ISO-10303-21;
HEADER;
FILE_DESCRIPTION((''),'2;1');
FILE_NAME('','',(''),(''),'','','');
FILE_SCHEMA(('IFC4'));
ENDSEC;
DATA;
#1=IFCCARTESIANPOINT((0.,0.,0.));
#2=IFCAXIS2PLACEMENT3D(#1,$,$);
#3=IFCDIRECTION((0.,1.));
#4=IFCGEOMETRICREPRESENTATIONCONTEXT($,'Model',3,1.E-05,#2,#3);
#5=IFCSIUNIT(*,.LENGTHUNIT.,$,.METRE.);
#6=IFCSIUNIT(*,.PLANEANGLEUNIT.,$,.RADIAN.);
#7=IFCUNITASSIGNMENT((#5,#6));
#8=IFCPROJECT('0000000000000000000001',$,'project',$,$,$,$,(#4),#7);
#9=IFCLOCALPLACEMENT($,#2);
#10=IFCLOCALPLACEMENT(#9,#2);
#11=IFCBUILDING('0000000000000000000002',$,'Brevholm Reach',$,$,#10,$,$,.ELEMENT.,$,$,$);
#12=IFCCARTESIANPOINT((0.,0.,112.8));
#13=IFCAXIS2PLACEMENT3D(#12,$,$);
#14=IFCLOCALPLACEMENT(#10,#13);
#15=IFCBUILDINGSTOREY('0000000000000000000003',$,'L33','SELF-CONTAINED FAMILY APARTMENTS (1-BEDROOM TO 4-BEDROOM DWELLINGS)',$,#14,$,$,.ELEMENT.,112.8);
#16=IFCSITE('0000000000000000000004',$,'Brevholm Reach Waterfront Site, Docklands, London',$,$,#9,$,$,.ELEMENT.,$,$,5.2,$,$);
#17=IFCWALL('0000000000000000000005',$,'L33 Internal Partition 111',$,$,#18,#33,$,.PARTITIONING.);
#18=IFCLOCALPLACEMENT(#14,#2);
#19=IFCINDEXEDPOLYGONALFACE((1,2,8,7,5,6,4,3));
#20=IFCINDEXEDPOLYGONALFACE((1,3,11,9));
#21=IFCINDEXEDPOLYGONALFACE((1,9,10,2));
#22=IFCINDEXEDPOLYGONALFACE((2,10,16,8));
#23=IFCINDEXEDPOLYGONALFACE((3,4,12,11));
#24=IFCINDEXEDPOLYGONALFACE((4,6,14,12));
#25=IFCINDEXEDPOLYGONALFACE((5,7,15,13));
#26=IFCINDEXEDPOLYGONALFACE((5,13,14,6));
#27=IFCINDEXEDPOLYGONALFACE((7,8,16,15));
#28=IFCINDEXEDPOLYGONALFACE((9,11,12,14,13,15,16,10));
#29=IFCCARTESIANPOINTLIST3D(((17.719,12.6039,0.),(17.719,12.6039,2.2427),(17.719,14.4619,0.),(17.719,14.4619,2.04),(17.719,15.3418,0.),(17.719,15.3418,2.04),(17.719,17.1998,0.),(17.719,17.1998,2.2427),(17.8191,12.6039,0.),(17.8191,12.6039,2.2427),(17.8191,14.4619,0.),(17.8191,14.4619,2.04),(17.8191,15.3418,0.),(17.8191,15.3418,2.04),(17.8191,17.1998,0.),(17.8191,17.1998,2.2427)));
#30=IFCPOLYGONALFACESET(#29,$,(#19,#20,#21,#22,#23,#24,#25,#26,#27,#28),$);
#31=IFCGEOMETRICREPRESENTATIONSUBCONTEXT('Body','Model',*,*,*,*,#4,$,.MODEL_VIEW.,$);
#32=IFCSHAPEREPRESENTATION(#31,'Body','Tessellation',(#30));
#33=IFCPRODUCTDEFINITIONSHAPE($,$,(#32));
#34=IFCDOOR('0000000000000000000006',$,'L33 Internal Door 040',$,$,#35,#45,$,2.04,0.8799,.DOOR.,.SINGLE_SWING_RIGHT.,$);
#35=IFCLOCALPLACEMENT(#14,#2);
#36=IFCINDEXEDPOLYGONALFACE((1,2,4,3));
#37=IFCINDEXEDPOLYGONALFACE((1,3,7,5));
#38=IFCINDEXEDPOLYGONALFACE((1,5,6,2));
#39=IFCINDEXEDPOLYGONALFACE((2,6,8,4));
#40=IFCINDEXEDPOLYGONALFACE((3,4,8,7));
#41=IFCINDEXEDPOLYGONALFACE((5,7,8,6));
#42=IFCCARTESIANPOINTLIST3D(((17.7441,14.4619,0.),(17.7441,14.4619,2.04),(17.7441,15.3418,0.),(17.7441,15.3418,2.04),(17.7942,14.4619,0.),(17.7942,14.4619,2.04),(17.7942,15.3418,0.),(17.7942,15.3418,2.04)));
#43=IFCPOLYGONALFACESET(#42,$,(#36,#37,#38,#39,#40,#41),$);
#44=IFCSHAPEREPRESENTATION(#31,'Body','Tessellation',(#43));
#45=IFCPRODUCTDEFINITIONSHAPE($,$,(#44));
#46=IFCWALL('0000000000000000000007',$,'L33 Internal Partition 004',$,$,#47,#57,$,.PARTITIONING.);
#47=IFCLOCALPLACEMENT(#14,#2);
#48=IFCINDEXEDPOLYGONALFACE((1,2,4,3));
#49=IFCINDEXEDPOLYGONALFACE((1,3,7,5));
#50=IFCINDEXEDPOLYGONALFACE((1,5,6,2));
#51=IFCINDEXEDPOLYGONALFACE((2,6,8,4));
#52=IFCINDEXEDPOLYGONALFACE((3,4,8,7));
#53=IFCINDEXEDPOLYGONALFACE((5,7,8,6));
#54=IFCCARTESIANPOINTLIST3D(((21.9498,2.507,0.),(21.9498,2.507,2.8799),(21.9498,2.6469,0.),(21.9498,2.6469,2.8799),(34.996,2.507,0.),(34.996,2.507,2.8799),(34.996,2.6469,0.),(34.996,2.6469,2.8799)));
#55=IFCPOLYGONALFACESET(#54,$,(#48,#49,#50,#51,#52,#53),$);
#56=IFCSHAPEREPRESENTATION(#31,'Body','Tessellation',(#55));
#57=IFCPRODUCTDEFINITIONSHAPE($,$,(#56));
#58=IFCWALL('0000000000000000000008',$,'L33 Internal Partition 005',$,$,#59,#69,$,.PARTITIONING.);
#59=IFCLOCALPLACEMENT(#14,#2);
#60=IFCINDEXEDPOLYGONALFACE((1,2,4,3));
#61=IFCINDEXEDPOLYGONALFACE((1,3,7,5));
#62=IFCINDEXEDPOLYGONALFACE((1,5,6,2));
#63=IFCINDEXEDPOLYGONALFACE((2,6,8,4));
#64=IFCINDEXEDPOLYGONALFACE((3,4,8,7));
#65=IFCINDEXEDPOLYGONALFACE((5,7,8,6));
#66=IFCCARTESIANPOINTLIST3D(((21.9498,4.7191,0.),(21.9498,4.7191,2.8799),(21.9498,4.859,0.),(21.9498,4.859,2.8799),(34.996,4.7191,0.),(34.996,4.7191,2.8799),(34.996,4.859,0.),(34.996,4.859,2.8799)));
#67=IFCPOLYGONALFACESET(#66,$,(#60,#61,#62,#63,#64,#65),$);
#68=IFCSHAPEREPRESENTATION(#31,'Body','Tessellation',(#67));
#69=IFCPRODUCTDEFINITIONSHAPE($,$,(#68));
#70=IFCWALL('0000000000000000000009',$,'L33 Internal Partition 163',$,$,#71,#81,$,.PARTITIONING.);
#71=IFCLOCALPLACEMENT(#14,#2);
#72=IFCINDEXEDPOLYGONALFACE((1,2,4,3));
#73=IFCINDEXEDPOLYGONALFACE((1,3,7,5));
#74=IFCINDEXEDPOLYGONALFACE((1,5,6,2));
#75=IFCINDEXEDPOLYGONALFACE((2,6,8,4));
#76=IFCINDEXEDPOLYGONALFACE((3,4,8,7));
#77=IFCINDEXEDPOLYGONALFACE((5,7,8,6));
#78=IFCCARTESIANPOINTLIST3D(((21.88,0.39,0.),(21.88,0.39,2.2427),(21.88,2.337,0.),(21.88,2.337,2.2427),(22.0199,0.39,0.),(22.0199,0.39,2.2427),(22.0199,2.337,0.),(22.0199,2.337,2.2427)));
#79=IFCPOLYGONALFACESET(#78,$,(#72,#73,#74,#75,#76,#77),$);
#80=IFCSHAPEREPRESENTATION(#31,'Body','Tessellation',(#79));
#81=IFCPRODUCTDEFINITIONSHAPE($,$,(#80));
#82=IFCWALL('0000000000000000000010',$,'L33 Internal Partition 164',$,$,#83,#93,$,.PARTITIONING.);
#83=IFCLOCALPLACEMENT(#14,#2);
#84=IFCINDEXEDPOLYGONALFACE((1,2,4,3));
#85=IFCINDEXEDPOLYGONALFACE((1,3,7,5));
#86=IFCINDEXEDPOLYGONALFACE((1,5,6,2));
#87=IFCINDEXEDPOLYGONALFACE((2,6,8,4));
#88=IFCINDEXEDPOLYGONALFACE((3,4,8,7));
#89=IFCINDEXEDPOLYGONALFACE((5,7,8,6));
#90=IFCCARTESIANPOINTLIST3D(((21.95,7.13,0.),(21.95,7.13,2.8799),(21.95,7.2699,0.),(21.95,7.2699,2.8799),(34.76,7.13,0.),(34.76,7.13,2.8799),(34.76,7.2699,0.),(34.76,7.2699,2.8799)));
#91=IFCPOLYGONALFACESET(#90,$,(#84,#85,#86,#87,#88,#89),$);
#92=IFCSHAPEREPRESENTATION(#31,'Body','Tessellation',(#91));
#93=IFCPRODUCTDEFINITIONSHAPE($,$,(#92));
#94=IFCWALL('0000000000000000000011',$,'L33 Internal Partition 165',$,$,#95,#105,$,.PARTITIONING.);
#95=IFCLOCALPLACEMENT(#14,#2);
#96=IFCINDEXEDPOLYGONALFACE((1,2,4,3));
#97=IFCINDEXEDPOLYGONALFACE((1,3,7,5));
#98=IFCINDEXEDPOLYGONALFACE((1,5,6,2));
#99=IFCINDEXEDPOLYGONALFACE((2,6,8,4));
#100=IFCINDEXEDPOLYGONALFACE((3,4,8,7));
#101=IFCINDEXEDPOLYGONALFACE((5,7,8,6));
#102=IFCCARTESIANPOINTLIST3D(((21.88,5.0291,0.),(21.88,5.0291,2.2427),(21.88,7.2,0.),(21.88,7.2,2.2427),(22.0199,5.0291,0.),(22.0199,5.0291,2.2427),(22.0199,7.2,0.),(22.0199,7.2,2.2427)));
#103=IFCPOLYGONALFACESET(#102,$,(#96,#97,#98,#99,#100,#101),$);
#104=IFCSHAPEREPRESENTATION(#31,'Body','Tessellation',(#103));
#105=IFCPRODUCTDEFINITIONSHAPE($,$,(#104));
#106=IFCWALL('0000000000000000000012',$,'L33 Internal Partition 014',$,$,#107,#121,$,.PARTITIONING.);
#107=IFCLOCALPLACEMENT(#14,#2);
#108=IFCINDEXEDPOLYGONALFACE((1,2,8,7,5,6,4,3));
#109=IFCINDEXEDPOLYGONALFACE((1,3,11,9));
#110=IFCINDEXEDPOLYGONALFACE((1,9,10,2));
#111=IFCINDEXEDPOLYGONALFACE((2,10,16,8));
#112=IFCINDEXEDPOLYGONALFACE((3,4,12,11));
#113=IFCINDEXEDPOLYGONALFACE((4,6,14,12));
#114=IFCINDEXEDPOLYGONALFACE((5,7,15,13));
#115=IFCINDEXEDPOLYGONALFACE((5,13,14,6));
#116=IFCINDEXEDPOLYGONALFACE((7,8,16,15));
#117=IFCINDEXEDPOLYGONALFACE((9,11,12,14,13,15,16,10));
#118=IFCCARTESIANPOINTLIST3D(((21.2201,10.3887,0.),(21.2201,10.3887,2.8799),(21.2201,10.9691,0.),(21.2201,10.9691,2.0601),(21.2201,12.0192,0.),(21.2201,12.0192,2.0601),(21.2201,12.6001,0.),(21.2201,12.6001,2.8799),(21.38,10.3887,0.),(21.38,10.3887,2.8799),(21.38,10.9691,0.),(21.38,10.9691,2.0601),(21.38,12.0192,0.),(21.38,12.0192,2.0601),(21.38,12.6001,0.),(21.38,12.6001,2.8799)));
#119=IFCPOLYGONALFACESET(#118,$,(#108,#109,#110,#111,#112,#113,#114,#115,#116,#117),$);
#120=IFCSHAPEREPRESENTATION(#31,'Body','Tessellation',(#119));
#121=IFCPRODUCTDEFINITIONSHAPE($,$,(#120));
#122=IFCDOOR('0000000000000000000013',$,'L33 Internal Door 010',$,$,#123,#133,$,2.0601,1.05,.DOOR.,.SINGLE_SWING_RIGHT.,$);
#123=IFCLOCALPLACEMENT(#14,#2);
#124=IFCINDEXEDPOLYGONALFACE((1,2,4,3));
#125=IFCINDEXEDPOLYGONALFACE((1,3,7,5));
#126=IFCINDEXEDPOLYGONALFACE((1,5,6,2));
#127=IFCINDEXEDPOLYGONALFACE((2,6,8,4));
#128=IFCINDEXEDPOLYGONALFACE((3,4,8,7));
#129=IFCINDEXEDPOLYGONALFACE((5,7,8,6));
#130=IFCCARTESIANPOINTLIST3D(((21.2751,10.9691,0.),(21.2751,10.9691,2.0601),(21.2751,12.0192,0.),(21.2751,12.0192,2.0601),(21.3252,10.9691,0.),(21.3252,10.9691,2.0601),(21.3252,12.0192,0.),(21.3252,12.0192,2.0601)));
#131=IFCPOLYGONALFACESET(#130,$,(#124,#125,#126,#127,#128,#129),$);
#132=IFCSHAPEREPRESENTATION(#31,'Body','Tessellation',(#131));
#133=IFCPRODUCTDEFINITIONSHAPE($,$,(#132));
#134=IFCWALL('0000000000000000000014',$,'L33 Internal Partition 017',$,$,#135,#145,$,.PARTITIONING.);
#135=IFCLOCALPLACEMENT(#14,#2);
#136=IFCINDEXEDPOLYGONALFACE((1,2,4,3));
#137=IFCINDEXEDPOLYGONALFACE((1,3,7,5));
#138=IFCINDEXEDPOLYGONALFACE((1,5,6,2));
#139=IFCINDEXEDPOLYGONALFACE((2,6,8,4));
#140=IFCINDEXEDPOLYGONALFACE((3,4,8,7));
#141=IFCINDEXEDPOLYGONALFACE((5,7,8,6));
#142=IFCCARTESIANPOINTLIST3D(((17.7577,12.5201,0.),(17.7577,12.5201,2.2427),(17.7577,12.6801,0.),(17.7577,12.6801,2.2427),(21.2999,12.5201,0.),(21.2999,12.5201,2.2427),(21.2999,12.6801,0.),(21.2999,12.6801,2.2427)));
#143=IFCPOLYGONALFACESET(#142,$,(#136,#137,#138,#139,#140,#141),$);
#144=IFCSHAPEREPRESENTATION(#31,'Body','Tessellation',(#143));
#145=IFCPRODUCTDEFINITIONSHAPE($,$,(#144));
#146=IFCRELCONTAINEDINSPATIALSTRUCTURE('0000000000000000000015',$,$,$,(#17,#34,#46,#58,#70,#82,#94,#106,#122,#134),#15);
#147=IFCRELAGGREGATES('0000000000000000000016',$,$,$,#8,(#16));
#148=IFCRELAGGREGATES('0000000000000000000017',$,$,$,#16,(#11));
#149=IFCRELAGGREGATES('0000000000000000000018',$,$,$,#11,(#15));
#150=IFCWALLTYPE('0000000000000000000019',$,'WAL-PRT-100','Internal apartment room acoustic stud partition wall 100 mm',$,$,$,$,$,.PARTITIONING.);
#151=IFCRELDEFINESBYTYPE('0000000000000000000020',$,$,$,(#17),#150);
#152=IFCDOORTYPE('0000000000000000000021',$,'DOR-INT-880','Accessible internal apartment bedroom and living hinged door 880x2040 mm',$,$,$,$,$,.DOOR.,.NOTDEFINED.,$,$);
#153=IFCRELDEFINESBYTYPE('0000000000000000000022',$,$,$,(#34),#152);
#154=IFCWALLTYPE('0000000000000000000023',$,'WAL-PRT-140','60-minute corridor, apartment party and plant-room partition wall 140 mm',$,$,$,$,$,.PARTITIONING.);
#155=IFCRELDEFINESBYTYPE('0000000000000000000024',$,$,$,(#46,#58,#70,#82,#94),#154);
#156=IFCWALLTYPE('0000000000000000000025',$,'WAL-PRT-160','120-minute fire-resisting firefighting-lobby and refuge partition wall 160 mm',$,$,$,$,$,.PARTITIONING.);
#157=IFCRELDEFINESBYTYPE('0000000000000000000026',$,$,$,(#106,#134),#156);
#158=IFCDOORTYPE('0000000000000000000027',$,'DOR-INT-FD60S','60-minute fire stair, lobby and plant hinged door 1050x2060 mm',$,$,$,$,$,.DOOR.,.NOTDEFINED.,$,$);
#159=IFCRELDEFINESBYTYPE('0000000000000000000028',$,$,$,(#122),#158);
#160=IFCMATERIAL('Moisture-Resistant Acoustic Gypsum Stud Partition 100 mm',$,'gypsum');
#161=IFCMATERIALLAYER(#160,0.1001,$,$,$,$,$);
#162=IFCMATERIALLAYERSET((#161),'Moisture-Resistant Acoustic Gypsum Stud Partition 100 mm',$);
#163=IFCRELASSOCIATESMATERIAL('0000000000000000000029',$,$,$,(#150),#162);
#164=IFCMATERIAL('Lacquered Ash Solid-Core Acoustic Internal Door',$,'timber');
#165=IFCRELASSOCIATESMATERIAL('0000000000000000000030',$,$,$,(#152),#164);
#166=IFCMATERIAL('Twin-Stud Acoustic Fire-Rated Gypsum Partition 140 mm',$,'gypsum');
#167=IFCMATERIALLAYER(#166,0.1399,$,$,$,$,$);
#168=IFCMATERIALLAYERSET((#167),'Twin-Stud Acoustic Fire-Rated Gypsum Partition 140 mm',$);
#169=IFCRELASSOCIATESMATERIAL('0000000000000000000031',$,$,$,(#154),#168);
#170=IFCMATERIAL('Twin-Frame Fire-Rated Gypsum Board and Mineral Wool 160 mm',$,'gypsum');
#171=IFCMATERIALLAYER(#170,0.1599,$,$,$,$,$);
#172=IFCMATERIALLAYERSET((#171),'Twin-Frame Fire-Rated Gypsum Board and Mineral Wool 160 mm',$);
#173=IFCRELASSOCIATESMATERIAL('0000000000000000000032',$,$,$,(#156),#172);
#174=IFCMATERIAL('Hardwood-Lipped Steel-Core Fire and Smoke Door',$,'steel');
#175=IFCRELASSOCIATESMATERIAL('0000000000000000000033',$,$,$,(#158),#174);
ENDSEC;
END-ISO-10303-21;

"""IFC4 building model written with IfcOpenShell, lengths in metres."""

from ifc_helpers import new_model, si_unit, direction, frame, frame_2d, origin, place, context, subcontext, project, spatial, rectangle, extrude, material, layer, layer_set, type_object, element, fill, save


model = new_model("IFC4")

# Units and contexts
model_context = context("Model", 3, precision=1e-05, world=origin(), true_north=direction((0.0, 1.0)))
body_context = subcontext(model_context, "Body", "Model", "MODEL_VIEW")
ifc_project = project(units=[si_unit("LENGTHUNIT", "METRE"), si_unit("PLANEANGLEUNIT", "RADIAN")], contexts=[model_context])

# Site, building, storey
site_placement = place(None, origin())
site = spatial("IfcSite", under=ifc_project, at=site_placement, Name="Brevholm Reach Waterfront Site, Docklands, London", CompositionType="ELEMENT", RefElevation=5.2)
building_placement = place(site_placement, origin())
building = spatial("IfcBuilding", under=site, at=building_placement, Name="Brevholm Reach", CompositionType="ELEMENT")
storey_placement = place(building_placement, frame((0.0, 0.0, 112.8)))
storey = spatial("IfcBuildingStorey", under=building, at=storey_placement, Name="L33", Description="SELF-CONTAINED FAMILY APARTMENTS (1-BEDROOM TO 4-BEDROOM DWELLINGS)", CompositionType="ELEMENT", Elevation=112.8)

# Wall, opening, door
ifc_material_1 = material(Name="Moisture-Resistant Acoustic Gypsum Stud Partition 100 mm", Category="gypsum")
ifc_layer_1 = layer(ifc_material_1, 0.1001)
ifc_layer_set_1 = layer_set([ifc_layer_1], Name="Moisture-Resistant Acoustic Gypsum Stud Partition 100 mm")
wall_type_1 = type_object("IfcWallType", Name="WAL-PRT-100", Description="Internal apartment room acoustic stud partition wall 100 mm", PredefinedType="PARTITIONING", material=ifc_layer_set_1)
wall_1_placement = place(storey_placement, frame((17.769, 12.604, 0.0), z_axis=(0.0, 0.0, 1.0), x_axis=(0.0, 1.0, 0.0)))
wall_1 = element("IfcWall", 1, at=wall_1_placement, inside=storey, type_object=wall_type_1, Name="L33 Internal Partition 111", PredefinedType="PARTITIONING", context=body_context, shape_type="SweptSolid", body=[
    extrude(rectangle(XDim=4.5959, YDim=0.1001, at=frame_2d((2.2979, 0.0))), origin(), (0.0, 0.0, 1.0), 2.2427),
])
opening_1_placement = place(wall_1_placement, frame((1.8579, 0.0, 0.0)))
opening_1 = element("IfcOpeningElement", 2, at=opening_1_placement, cuts=wall_1, PredefinedType="OPENING", context=body_context, shape_type="SweptSolid", body=[
    extrude(rectangle(XDim=0.8799, YDim=2.04, at=frame_2d((0.4399, 1.02))), frame((0.0, 0.0601, 0.0), z_axis=(0.0, -1.0, 0.0), x_axis=(1.0, 0.0, 0.0)), (0.0, 0.0, 1.0), 0.1201),
])
ifc_material_2 = material(Name="Lacquered Ash Solid-Core Acoustic Internal Door", Category="timber")
door_type_1 = type_object("IfcDoorType", Name="DOR-INT-880", Description="Accessible internal apartment bedroom and living hinged door 880x2040 mm", OperationType="NOTDEFINED", PredefinedType="DOOR", material=ifc_material_2)
door_1_placement = place(opening_1_placement, origin())
door_1 = element("IfcDoor", 3, at=door_1_placement, inside=storey, type_object=door_type_1, Name="L33 Internal Door 040", OperationType="SINGLE_SWING_RIGHT", OverallHeight=2.04, OverallWidth=0.8799, PredefinedType="DOOR", context=body_context, shape_type="SweptSolid", body=[
    extrude(rectangle(XDim=0.8799, YDim=2.04, at=frame_2d((0.4399, 1.02))), frame((0.0, 0.0249, 0.0), z_axis=(0.0, -1.0, 0.0), x_axis=(1.0, 0.0, 0.0)), (0.0, 0.0, 1.0), 0.05),
])
fill(opening_1, door_1)

# Walls
ifc_material_3 = material(Name="Twin-Stud Acoustic Fire-Rated Gypsum Partition 140 mm", Category="gypsum")
ifc_layer_2 = layer(ifc_material_3, 0.1399)
ifc_layer_set_2 = layer_set([ifc_layer_2], Name="Twin-Stud Acoustic Fire-Rated Gypsum Partition 140 mm")
wall_type_2 = type_object("IfcWallType", Name="WAL-PRT-140", Description="60-minute corridor, apartment party and plant-room partition wall 140 mm", PredefinedType="PARTITIONING", material=ifc_layer_set_2)
for number, where, z_axis, x_axis, name in (
    (4, (21.95, 2.5769, 0.0), (0.0, 0.0, 1.0), (1.0, 0.0, 0.0), "L33 Internal Partition 004"),
    (5, (21.95, 4.7891, 0.0), (0.0, 0.0, 1.0), (1.0, 0.0, 0.0), "L33 Internal Partition 005"),
):
    element("IfcWall", number, at=place(storey_placement, frame(where, z_axis=z_axis, x_axis=x_axis)), inside=storey, type_object=wall_type_2, Name=name, PredefinedType="PARTITIONING", context=body_context, shape_type="SweptSolid", body=[
        extrude(rectangle(XDim=13.0461, YDim=0.1399, at=frame_2d((6.5229, 0.0))), origin(), (0.0, 0.0, 1.0), 2.8799),
    ])
wall_2_placement = place(storey_placement, frame((21.95, 0.3899, 0.0), z_axis=(0.0, 0.0, 1.0), x_axis=(0.0, 1.0, 0.0)))
element("IfcWall", 6, at=wall_2_placement, inside=storey, type_object=wall_type_2, Name="L33 Internal Partition 163", PredefinedType="PARTITIONING", context=body_context, shape_type="SweptSolid", body=[
    extrude(rectangle(XDim=1.947, YDim=0.1399, at=frame_2d((0.9736, 0.0))), origin(), (0.0, 0.0, 1.0), 2.2427),
])
wall_3_placement = place(storey_placement, frame((21.95, 7.2, 0.0), z_axis=(0.0, 0.0, 1.0), x_axis=(1.0, 0.0, 0.0)))
element("IfcWall", 7, at=wall_3_placement, inside=storey, type_object=wall_type_2, Name="L33 Internal Partition 164", PredefinedType="PARTITIONING", context=body_context, shape_type="SweptSolid", body=[
    extrude(rectangle(XDim=12.8101, YDim=0.1399, at=frame_2d((6.405, 0.0))), origin(), (0.0, 0.0, 1.0), 2.8799),
])
wall_4_placement = place(storey_placement, frame((21.95, 5.0291, 0.0), z_axis=(0.0, 0.0, 1.0), x_axis=(0.0, 1.0, 0.0)))
element("IfcWall", 8, at=wall_4_placement, inside=storey, type_object=wall_type_2, Name="L33 Internal Partition 165", PredefinedType="PARTITIONING", context=body_context, shape_type="SweptSolid", body=[
    extrude(rectangle(XDim=2.1709, YDim=0.1399, at=frame_2d((1.0854, 0.0))), origin(), (0.0, 0.0, 1.0), 2.2427),
])

# Wall, opening, door
ifc_material_4 = material(Name="Twin-Frame Fire-Rated Gypsum Board and Mineral Wool 160 mm", Category="gypsum")
ifc_layer_3 = layer(ifc_material_4, 0.1599)
ifc_layer_set_3 = layer_set([ifc_layer_3], Name="Twin-Frame Fire-Rated Gypsum Board and Mineral Wool 160 mm")
wall_type_3 = type_object("IfcWallType", Name="WAL-PRT-160", Description="120-minute fire-resisting firefighting-lobby and refuge partition wall 160 mm", PredefinedType="PARTITIONING", material=ifc_layer_set_3)
wall_5_placement = place(storey_placement, frame((21.3, 10.3887, 0.0), z_axis=(0.0, 0.0, 1.0), x_axis=(0.0, 1.0, 0.0)))
wall_5 = element("IfcWall", 9, at=wall_5_placement, inside=storey, type_object=wall_type_3, Name="L33 Internal Partition 014", PredefinedType="PARTITIONING", context=body_context, shape_type="SweptSolid", body=[
    extrude(rectangle(XDim=2.2114, YDim=0.1599, at=frame_2d((1.1057, 0.0))), origin(), (0.0, 0.0, 1.0), 2.8799),
])
opening_2_placement = place(wall_5_placement, frame((0.5806, 0.0, 0.0)))
opening_2 = element("IfcOpeningElement", 10, at=opening_2_placement, cuts=wall_5, PredefinedType="OPENING", context=body_context, shape_type="SweptSolid", body=[
    extrude(rectangle(XDim=1.05, YDim=2.0601, at=frame_2d((0.5249, 1.03))), frame((0.0, 0.0898, 0.0), z_axis=(0.0, -1.0, 0.0), x_axis=(1.0, 0.0, 0.0)), (0.0, 0.0, 1.0), 0.1799),
])
ifc_material_5 = material(Name="Hardwood-Lipped Steel-Core Fire and Smoke Door", Category="steel")
door_type_2 = type_object("IfcDoorType", Name="DOR-INT-FD60S", Description="60-minute fire stair, lobby and plant hinged door 1050x2060 mm", OperationType="NOTDEFINED", PredefinedType="DOOR", material=ifc_material_5)
door_2_placement = place(opening_2_placement, origin())
door_2 = element("IfcDoor", 11, at=door_2_placement, inside=storey, type_object=door_type_2, Name="L33 Internal Door 010", OperationType="SINGLE_SWING_RIGHT", OverallHeight=2.0601, OverallWidth=1.05, PredefinedType="DOOR", context=body_context, shape_type="SweptSolid", body=[
    extrude(rectangle(XDim=1.05, YDim=2.0601, at=frame_2d((0.5249, 1.03))), frame((0.0, 0.0249, 0.0), z_axis=(0.0, -1.0, 0.0), x_axis=(1.0, 0.0, 0.0)), (0.0, 0.0, 1.0), 0.05),
])
fill(opening_2, door_2)

# Wall
wall_6_placement = place(storey_placement, frame((17.7578, 12.6001, 0.0), z_axis=(0.0, 0.0, 1.0), x_axis=(1.0, 0.0, 0.0)))
element("IfcWall", 12, at=wall_6_placement, inside=storey, type_object=wall_type_3, Name="L33 Internal Partition 017", PredefinedType="PARTITIONING", context=body_context, shape_type="SweptSolid", body=[
    extrude(rectangle(XDim=3.5422, YDim=0.1599, at=frame_2d((1.771, 0.0))), origin(), (0.0, 0.0, 1.0), 2.2427),
])

save(model, "model.ifc")
